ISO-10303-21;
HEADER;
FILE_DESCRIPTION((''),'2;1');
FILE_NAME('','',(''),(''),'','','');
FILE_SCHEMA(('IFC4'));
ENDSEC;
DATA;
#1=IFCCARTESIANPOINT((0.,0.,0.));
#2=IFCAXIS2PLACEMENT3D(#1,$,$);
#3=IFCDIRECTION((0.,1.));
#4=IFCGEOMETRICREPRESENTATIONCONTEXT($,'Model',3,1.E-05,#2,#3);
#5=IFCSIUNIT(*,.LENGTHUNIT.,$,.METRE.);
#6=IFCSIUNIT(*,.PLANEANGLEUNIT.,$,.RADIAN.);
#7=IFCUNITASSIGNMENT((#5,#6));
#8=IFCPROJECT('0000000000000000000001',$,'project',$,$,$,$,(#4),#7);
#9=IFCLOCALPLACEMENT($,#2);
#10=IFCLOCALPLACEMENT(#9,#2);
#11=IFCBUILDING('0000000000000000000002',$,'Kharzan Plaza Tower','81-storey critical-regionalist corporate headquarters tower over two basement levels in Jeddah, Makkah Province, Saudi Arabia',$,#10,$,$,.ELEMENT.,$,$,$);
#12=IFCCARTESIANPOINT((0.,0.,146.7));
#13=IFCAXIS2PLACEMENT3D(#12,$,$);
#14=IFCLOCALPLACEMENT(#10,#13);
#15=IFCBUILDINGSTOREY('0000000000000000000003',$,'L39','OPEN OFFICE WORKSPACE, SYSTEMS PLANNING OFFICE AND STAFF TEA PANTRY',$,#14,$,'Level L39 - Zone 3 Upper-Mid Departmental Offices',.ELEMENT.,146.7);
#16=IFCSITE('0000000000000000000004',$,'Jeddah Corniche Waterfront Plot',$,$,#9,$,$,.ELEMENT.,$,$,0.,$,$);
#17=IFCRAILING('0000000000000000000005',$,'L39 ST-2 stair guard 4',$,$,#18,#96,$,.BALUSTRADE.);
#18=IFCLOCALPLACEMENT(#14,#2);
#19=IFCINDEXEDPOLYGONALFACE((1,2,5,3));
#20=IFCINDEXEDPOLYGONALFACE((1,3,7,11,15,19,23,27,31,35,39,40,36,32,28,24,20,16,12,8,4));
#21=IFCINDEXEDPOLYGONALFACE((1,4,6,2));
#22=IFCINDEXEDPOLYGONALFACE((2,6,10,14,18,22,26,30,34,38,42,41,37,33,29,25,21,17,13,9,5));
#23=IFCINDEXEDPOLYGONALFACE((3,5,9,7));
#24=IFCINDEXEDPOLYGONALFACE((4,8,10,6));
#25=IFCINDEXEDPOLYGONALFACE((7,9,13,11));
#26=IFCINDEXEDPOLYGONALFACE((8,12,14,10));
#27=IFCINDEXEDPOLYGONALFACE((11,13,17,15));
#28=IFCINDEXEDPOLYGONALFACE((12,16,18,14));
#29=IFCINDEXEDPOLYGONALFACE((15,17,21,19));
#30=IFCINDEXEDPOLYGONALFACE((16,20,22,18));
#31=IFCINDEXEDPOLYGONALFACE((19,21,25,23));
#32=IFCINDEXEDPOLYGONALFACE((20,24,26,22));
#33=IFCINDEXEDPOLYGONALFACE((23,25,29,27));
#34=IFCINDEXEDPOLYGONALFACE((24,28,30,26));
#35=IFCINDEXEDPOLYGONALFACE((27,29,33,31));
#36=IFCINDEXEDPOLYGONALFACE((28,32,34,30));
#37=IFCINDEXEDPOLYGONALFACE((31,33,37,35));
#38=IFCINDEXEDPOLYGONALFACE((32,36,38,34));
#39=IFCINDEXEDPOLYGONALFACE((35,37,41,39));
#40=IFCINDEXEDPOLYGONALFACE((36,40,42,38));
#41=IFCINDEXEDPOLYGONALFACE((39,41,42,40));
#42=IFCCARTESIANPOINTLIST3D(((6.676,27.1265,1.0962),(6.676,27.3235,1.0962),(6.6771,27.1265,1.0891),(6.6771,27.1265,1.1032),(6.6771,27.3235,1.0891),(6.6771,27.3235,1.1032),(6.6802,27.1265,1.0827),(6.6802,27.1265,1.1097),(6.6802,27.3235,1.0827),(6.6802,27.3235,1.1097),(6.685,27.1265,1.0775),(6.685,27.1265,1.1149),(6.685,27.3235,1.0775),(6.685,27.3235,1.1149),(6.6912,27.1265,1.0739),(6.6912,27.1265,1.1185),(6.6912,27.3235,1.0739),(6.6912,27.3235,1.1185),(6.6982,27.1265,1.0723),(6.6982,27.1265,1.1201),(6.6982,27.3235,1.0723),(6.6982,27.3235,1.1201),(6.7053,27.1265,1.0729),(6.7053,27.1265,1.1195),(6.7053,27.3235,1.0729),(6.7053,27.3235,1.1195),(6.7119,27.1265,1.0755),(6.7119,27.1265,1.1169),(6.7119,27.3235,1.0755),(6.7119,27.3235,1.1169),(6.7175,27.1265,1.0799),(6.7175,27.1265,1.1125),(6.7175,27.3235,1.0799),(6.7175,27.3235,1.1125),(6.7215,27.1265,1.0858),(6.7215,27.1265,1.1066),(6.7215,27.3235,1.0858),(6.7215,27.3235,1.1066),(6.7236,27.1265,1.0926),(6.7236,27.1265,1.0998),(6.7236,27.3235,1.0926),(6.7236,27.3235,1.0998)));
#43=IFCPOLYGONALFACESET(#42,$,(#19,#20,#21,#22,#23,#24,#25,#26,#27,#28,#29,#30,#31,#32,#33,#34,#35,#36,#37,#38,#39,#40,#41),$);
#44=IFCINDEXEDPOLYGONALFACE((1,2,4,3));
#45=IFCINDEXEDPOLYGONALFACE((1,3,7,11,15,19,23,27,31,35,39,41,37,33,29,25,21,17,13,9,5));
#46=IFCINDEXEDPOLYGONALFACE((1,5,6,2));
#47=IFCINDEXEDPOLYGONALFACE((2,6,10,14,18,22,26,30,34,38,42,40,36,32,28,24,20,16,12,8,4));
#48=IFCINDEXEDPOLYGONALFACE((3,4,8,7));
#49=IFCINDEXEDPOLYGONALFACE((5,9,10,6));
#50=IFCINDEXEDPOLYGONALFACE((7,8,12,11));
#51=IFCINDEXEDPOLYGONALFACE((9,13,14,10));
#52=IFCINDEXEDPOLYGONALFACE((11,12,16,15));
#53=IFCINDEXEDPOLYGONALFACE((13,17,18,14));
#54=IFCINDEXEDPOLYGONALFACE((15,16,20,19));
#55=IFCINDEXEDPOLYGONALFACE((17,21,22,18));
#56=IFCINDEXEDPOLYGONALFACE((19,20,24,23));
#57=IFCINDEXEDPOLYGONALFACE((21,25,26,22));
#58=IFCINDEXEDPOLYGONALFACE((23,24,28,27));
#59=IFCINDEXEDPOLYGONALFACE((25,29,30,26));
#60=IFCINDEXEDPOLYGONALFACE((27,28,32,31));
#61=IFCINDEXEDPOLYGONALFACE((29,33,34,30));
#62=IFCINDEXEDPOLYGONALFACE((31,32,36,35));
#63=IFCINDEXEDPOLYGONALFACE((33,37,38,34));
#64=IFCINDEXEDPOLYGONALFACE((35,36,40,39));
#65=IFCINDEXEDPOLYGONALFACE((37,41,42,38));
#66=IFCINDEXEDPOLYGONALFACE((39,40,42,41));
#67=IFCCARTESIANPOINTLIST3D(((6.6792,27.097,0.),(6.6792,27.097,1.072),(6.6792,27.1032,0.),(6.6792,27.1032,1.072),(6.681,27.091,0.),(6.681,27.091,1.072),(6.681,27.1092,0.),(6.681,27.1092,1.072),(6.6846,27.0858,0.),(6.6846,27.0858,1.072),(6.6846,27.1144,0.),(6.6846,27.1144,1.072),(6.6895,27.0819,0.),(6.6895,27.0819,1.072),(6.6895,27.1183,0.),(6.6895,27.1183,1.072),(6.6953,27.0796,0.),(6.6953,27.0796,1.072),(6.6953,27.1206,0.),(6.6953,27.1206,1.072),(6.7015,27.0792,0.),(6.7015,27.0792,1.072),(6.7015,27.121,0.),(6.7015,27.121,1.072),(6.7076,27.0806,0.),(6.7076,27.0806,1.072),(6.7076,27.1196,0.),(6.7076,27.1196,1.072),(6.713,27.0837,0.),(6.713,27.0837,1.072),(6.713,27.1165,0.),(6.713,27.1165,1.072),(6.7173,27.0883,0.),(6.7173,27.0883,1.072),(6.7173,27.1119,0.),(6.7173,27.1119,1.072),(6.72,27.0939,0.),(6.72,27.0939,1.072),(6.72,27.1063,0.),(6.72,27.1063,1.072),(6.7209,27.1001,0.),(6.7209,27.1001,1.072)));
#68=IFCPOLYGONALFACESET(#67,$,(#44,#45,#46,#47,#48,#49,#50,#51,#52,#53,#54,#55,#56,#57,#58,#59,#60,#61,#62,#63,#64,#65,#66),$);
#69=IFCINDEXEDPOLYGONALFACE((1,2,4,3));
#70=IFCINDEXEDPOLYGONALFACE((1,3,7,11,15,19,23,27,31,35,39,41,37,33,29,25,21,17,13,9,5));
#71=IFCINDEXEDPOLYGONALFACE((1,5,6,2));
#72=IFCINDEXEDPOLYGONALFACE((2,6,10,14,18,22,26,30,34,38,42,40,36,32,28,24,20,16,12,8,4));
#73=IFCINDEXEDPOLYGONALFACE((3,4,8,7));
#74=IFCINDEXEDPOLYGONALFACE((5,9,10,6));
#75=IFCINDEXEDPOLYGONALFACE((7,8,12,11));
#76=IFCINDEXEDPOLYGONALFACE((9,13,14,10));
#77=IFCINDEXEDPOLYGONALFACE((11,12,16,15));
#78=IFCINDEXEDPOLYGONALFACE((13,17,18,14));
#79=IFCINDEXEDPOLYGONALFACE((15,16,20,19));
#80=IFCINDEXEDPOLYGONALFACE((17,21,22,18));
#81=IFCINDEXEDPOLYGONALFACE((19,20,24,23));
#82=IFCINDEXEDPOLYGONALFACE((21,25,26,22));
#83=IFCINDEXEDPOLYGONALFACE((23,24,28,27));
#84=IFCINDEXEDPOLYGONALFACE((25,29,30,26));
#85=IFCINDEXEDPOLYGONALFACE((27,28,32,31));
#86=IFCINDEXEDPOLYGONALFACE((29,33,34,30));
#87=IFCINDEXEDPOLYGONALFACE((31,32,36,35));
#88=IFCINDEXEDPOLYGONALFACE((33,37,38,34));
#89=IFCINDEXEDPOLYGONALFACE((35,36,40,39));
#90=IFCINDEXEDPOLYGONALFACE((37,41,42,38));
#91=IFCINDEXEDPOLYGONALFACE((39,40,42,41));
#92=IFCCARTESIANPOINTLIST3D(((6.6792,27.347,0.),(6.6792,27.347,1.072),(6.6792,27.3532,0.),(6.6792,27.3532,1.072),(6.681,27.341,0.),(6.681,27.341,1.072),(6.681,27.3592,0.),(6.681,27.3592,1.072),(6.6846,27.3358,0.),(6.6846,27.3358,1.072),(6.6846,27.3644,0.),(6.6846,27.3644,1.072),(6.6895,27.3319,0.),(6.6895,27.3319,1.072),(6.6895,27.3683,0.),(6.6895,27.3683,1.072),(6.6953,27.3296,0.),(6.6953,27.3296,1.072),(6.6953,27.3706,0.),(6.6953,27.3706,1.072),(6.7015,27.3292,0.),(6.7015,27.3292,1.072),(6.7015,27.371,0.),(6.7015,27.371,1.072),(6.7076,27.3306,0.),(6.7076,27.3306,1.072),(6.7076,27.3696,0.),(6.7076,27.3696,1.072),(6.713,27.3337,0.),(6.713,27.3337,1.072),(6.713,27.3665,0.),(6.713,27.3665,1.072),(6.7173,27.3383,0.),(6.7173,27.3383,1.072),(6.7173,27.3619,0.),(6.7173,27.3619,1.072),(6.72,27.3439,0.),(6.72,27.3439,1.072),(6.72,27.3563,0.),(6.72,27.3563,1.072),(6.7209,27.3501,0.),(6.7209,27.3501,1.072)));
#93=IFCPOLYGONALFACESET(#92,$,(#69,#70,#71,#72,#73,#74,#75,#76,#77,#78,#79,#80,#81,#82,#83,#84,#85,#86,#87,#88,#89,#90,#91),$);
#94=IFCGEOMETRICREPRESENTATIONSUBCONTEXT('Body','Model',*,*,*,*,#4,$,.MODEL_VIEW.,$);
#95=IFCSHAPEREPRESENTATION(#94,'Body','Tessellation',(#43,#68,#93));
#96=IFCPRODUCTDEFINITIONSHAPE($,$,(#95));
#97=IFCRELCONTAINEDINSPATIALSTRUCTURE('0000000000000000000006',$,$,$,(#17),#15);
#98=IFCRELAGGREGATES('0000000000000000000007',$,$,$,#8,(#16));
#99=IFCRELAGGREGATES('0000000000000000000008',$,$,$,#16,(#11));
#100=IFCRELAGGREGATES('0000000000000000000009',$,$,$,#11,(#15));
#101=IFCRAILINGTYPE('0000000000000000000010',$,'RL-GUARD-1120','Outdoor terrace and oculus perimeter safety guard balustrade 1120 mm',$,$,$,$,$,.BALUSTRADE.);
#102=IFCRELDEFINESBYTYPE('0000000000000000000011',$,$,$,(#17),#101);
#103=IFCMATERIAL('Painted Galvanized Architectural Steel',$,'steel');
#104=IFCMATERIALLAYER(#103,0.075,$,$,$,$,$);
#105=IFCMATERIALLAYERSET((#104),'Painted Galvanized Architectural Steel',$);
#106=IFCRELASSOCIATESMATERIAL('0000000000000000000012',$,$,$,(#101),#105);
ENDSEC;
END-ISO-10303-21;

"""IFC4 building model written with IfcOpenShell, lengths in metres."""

from ifc_helpers import new_model, si_unit, direction, frame, origin, origin_2d, place, context, subcontext, project, spatial, circle, extrude, source, transform, mapped, material, layer, layer_set, type_object, element, save


model = new_model("IFC4")

# Units and contexts
model_context = context("Model", 3, precision=1e-05, world=origin(), true_north=direction((0.0, 1.0)))
body_context = subcontext(model_context, "Body", "Model", "MODEL_VIEW")
ifc_project = project(units=[si_unit("LENGTHUNIT", "METRE"), si_unit("PLANEANGLEUNIT", "RADIAN")], contexts=[model_context])

# Site, building, storey
site_placement = place(None, origin())
site = spatial("IfcSite", under=ifc_project, at=site_placement, Name="Jeddah Corniche Waterfront Plot", CompositionType="ELEMENT", RefElevation=0.0)
building_placement = place(site_placement, origin())
building = spatial("IfcBuilding", under=site, at=building_placement, Name="Kharzan Plaza Tower", Description="81-storey critical-regionalist corporate headquarters tower over two basement levels in Jeddah, Makkah Province, Saudi Arabia", CompositionType="ELEMENT")
storey_placement = place(building_placement, frame((0.0, 0.0, 146.7)))
storey = spatial("IfcBuildingStorey", under=building, at=storey_placement, Name="L39", Description="OPEN OFFICE WORKSPACE, SYSTEMS PLANNING OFFICE AND STAFF TEA PANTRY", LongName="Level L39 - Zone 3 Upper-Mid Departmental Offices", CompositionType="ELEMENT", Elevation=146.7)

# Railing
ifc_material_1 = material(Name="Painted Galvanized Architectural Steel", Category="steel")
ifc_layer_1 = layer(ifc_material_1, 0.075)
ifc_layer_set_1 = layer_set([ifc_layer_1], Name="Painted Galvanized Architectural Steel")
railing_type_1 = type_object("IfcRailingType", Name="RL-GUARD-1120", Description="Outdoor terrace and oculus perimeter safety guard balustrade 1120 mm", PredefinedType="BALUSTRADE", material=ifc_layer_set_1)
shared_shape_1 = source(origin(), body_context, "Body", "SweptSolid", [
    extrude(circle(Radius=0.0239, at=origin_2d()), frame((0.0, 0.0264, 1.0962), z_axis=(0.0, 1.0, 0.0), x_axis=(-1.0, 0.0, 0.0)), (0.0, 0.0, 1.0), 0.197),
    extrude(circle(Radius=0.021, at=origin_2d()), origin(), (0.0, 0.0, 1.0), 1.072),
    extrude(circle(Radius=0.021, at=origin_2d()), frame((0.0, 0.25, 0.0)), (0.0, 0.0, 1.0), 1.072),
])
railing_1_placement = place(storey_placement, frame((6.7, 27.1001, 0.0)))
element("IfcRailing", 1, at=railing_1_placement, inside=storey, type_object=railing_type_1, Name="L39 ST-2 stair guard 4", PredefinedType="BALUSTRADE", context=body_context, shape_type="MappedRepresentation", body=[
    mapped(shared_shape_1, transform((0.0, 0.0, 0.0), x_axis=(1.0, 0.0, 0.0), y_axis=(0.0, 1.0, 0.0), z_axis=(0.0, 0.0, 1.0))),
])

save(model, "model.ifc")
